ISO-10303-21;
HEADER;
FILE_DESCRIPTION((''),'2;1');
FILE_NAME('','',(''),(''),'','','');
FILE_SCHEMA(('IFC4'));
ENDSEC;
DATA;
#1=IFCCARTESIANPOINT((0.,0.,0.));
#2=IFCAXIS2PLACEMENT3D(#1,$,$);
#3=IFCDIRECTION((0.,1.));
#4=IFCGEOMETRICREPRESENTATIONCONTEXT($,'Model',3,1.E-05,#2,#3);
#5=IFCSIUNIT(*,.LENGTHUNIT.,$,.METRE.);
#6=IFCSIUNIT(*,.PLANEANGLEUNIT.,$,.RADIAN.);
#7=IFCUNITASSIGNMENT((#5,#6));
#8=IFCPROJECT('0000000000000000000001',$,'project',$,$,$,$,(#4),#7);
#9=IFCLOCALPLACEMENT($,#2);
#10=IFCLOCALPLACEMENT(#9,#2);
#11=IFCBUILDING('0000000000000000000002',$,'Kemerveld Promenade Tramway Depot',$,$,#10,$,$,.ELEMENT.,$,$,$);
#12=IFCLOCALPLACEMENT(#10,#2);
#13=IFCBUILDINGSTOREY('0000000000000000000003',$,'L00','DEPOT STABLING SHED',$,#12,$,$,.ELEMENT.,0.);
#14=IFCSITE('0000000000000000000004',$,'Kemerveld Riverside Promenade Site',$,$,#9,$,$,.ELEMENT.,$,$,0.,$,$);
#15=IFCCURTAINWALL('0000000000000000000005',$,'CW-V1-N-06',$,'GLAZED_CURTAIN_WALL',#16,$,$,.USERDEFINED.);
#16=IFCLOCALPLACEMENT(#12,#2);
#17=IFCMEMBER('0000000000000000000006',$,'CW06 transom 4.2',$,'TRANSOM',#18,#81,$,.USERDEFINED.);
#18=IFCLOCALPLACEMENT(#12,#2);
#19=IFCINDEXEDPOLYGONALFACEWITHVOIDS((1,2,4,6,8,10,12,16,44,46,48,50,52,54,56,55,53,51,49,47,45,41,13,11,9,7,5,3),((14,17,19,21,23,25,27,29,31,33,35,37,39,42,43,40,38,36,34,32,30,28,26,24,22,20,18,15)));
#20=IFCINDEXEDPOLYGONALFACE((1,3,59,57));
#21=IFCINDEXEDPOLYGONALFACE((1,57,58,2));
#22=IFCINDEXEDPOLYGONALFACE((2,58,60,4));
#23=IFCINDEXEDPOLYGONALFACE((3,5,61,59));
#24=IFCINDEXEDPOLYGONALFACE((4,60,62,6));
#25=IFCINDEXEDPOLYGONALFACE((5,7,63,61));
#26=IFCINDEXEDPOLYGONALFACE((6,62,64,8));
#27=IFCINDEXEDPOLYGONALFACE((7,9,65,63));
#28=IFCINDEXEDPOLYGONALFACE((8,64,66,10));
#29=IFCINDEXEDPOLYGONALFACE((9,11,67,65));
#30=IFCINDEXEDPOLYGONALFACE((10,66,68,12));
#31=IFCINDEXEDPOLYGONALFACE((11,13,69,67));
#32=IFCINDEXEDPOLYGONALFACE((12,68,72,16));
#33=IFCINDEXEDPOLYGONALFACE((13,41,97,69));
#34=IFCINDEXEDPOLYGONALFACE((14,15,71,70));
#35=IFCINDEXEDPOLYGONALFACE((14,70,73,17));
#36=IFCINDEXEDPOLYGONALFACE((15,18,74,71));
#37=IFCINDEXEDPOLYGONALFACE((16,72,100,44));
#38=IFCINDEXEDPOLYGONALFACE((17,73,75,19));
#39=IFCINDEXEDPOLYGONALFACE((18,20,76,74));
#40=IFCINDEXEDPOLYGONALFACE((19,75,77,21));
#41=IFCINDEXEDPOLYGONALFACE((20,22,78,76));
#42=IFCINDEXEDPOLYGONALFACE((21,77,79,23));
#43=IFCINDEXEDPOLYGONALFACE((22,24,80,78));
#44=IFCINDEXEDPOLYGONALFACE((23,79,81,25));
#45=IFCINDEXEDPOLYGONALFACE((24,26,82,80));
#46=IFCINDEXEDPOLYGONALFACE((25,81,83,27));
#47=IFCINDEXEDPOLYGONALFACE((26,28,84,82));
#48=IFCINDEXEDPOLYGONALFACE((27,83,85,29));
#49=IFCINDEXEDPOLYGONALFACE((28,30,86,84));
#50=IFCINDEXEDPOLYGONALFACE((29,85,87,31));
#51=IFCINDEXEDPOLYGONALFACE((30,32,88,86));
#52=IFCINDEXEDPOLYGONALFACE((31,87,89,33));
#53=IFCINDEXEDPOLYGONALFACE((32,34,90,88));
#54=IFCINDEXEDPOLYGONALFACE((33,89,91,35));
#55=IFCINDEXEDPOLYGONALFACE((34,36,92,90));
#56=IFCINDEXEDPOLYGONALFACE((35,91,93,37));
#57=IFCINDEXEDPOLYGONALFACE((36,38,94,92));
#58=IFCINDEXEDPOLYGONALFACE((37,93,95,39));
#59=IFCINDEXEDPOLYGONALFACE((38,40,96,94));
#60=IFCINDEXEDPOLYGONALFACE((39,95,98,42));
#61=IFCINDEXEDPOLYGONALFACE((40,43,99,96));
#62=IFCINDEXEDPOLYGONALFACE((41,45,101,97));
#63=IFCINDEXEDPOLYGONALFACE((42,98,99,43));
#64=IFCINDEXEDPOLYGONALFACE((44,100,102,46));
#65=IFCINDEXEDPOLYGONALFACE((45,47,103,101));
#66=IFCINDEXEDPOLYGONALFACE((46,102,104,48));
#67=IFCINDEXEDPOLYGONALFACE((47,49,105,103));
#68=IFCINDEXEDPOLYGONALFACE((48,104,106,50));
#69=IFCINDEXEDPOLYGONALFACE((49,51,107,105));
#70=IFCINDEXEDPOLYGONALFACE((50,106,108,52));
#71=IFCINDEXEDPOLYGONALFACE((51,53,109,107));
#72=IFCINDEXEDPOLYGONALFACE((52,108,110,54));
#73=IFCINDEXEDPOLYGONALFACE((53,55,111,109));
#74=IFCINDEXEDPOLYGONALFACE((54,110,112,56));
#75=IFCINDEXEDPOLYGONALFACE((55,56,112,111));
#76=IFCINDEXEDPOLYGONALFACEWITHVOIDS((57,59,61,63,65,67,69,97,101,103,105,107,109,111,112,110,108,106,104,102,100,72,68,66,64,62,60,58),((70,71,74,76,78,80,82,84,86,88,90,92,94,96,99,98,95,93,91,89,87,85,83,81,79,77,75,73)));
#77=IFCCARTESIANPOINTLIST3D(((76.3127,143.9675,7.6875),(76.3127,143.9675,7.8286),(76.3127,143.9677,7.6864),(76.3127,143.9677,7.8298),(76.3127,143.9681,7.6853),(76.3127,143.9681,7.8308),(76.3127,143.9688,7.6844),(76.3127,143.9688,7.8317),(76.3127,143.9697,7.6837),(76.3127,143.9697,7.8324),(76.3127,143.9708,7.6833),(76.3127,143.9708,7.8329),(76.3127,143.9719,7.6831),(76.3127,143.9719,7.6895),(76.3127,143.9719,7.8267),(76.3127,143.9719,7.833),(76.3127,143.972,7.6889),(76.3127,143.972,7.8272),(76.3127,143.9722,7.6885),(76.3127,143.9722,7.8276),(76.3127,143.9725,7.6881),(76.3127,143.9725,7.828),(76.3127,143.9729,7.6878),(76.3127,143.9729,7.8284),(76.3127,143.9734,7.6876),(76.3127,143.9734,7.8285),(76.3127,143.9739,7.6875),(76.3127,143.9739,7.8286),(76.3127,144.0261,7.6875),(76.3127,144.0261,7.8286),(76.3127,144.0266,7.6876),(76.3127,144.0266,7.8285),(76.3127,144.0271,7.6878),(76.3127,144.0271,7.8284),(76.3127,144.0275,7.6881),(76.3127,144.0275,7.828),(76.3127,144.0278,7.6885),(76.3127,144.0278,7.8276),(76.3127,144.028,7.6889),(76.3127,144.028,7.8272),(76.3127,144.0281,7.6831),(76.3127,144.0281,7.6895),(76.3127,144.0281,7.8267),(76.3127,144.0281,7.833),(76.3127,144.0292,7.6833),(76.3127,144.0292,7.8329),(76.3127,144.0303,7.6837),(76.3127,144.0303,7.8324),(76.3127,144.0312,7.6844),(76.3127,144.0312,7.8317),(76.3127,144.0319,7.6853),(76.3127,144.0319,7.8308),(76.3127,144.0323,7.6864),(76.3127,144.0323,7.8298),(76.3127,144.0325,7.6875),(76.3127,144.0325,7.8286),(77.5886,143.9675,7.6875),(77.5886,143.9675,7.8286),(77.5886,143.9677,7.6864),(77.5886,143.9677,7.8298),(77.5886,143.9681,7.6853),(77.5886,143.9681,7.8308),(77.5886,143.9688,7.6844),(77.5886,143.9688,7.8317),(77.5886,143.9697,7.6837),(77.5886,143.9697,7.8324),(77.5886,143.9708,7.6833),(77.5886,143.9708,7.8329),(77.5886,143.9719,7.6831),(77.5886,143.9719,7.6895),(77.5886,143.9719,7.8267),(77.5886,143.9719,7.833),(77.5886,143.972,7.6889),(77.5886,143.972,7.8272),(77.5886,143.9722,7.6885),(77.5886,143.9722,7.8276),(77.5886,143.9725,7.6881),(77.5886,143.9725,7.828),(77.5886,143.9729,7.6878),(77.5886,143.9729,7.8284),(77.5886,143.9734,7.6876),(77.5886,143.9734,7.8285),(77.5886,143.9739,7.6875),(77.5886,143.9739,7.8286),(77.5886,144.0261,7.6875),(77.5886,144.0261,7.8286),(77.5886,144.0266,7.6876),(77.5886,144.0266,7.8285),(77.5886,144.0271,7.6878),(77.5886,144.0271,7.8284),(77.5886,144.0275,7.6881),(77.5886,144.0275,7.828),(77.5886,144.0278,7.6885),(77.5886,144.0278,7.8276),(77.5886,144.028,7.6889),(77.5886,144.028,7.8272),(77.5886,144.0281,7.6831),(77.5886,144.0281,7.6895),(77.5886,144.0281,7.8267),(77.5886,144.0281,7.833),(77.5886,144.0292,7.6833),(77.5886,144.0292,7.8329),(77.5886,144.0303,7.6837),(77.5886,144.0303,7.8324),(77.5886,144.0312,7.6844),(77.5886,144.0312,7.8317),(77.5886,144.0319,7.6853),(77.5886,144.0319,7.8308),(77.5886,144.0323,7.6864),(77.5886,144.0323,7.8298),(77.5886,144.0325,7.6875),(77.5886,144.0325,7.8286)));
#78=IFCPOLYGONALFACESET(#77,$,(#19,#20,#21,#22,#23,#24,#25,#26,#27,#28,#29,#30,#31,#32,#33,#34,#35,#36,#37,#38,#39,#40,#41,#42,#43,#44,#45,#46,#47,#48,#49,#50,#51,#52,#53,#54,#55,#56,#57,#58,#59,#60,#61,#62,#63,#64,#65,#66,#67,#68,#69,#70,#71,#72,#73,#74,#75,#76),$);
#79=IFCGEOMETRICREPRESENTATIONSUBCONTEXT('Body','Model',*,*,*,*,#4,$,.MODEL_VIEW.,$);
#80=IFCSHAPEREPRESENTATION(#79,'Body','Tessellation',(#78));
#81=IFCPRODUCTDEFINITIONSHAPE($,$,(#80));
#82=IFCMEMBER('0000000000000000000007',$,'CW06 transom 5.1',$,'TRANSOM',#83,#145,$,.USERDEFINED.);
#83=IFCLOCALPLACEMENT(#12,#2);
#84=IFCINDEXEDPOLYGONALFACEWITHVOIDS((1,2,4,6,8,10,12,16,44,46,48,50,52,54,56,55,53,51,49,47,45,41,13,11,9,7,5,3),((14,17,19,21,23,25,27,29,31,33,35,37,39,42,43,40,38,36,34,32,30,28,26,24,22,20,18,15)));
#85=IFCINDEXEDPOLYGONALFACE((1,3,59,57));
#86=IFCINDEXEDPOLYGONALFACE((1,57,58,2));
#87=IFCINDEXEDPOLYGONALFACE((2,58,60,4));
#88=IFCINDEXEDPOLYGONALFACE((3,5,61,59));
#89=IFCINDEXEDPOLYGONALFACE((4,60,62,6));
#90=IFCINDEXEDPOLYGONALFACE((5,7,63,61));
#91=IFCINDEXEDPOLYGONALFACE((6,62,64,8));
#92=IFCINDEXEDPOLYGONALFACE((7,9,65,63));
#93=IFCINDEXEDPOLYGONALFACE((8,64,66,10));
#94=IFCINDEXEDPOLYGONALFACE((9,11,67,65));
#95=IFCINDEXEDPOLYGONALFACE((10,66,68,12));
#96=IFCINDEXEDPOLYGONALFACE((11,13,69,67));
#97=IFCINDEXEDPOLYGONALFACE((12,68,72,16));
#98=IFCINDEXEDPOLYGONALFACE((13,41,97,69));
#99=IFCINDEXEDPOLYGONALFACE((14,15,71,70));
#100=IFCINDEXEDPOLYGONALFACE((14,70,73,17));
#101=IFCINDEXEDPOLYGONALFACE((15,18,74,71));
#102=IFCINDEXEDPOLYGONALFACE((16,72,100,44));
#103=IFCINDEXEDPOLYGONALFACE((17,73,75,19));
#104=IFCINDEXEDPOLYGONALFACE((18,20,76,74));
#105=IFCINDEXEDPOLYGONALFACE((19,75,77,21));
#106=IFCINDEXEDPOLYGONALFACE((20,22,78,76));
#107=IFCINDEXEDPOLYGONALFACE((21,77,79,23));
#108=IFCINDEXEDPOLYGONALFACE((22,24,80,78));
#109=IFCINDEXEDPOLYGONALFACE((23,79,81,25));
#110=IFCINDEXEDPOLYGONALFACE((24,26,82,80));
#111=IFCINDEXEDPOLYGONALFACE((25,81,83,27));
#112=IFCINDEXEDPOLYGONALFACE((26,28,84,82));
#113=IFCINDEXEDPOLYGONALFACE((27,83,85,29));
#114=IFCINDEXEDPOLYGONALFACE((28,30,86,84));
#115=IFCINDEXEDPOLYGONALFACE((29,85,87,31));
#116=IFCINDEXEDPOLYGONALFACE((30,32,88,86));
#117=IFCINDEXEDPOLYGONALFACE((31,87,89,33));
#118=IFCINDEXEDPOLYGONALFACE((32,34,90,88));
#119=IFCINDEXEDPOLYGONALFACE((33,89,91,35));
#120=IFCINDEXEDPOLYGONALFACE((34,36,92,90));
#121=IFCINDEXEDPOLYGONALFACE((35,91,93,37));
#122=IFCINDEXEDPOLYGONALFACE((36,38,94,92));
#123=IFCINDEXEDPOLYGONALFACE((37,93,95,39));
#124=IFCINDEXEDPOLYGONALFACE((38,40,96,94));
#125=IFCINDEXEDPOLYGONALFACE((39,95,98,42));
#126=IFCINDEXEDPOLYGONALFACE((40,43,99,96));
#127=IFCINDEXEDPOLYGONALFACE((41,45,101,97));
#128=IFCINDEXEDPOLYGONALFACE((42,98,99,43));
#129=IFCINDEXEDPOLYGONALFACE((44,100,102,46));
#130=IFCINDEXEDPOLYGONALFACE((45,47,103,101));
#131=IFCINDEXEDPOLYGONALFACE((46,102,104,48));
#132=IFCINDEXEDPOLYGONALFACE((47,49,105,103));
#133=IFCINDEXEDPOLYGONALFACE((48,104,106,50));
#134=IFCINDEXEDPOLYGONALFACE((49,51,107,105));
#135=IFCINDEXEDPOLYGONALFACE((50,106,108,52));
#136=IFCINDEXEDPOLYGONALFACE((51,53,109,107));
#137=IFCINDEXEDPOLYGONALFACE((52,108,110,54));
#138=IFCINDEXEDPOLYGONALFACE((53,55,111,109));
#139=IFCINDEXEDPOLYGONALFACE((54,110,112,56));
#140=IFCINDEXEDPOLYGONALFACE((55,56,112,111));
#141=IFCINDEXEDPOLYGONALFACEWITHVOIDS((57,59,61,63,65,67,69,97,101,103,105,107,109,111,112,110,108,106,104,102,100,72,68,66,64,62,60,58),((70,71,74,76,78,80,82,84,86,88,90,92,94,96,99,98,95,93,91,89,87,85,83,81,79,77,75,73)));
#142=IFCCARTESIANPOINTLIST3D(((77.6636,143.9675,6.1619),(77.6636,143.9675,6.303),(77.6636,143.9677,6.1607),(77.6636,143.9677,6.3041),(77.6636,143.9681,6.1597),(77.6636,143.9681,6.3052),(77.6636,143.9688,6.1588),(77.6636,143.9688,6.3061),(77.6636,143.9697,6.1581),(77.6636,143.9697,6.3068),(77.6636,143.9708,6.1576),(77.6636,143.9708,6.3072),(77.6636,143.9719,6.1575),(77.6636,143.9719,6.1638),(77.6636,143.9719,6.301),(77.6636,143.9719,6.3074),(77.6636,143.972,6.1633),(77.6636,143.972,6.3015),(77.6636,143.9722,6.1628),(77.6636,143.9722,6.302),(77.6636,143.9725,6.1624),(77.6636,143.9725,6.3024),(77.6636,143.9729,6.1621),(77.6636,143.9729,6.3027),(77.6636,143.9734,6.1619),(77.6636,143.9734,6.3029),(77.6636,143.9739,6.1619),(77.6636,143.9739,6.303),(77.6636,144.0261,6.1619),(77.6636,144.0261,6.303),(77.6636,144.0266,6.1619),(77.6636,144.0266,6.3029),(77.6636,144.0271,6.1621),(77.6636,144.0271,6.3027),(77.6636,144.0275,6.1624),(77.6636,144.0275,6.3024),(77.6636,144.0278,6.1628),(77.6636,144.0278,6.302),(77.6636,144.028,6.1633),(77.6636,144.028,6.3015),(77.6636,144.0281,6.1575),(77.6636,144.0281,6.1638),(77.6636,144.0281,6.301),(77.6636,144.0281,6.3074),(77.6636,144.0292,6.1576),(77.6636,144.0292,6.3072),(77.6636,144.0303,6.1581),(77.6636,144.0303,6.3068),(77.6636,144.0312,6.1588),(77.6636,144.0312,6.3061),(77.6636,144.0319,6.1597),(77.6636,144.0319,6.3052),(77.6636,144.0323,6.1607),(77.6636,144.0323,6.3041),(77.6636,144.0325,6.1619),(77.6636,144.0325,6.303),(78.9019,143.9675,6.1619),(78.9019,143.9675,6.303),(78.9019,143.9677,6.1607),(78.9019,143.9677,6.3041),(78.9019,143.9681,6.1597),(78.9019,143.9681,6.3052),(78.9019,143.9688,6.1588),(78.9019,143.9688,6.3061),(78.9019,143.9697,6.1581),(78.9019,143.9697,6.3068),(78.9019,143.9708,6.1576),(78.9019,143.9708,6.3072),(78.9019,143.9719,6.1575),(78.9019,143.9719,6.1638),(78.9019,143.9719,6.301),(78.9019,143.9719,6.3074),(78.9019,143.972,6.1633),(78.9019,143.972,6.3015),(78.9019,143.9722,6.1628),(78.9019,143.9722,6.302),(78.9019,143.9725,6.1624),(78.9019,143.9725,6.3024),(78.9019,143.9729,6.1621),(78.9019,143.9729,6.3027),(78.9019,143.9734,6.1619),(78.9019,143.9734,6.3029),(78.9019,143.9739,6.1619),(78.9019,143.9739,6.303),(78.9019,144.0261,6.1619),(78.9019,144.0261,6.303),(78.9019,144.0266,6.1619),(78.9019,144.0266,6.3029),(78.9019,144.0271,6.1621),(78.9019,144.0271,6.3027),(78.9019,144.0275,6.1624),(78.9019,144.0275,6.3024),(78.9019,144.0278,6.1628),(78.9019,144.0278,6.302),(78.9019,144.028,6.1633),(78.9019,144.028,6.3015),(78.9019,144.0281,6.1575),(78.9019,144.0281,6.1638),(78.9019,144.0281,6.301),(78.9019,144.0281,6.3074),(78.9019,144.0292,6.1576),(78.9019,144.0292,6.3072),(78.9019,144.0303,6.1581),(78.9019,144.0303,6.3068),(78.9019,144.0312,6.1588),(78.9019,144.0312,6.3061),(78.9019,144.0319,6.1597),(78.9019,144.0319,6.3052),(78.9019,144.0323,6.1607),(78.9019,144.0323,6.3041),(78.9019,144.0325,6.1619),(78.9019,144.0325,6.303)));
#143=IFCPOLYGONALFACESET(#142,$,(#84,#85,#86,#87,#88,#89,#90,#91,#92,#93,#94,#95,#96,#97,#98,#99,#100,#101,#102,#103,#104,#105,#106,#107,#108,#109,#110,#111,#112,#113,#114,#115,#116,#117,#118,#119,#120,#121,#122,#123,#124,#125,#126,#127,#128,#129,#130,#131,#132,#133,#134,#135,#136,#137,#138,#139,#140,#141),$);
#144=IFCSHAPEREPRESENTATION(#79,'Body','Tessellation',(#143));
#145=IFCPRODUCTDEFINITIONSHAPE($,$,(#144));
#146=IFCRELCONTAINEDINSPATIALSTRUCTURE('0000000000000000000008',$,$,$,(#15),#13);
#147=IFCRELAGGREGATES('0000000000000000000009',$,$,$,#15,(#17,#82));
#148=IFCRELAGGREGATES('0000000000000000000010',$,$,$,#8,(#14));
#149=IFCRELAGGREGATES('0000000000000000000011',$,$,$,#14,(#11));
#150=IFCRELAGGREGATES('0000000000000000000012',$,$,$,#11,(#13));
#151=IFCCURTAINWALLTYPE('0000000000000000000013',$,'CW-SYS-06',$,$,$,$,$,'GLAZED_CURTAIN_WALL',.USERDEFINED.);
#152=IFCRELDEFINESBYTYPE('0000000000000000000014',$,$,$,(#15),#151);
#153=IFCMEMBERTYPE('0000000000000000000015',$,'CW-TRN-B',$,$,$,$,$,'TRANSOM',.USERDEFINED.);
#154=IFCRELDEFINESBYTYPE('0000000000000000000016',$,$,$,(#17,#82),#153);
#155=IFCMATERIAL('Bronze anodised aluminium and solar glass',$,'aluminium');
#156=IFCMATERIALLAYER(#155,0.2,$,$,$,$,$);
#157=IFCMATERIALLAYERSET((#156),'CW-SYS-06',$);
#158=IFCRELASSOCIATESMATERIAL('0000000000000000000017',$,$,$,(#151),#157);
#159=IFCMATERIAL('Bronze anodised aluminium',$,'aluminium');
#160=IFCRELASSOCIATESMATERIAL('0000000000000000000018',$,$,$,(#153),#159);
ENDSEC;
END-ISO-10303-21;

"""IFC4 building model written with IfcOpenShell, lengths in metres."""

from ifc_helpers import new_model, si_unit, direction, frame, origin, origin_2d, place, context, subcontext, project, spatial, hollow_rectangle, extrude, material, layer, layer_set, material_profile, profile_set, type_object, element, aggregate, save


model = new_model("IFC4")

# Units and contexts
model_context = context("Model", 3, precision=1e-05, world=origin(), true_north=direction((0.0, 1.0)))
body_context = subcontext(model_context, "Body", "Model", "MODEL_VIEW")
ifc_project = project(units=[si_unit("LENGTHUNIT", "METRE"), si_unit("PLANEANGLEUNIT", "RADIAN")], contexts=[model_context])

# Site, building, storey
site_placement = place(None, origin())
site = spatial("IfcSite", under=ifc_project, at=site_placement, Name="Kemerveld Riverside Promenade Site", CompositionType="ELEMENT", RefElevation=0.0)
building_placement = place(site_placement, origin())
building = spatial("IfcBuilding", under=site, at=building_placement, Name="Kemerveld Promenade Tramway Depot", CompositionType="ELEMENT")
storey_placement = place(building_placement, origin())
storey = spatial("IfcBuildingStorey", under=building, at=storey_placement, Name="L00", Description="DEPOT STABLING SHED", CompositionType="ELEMENT", Elevation=0.0)

# Curtain wall
ifc_material_1 = material(Name="Bronze anodised aluminium and solar glass", Category="aluminium")
ifc_material_2 = material(Name="Bronze anodised aluminium", Category="aluminium")
ifc_layer_1 = layer(ifc_material_1, 0.2)
ifc_layer_set_1 = layer_set([ifc_layer_1], Name="CW-SYS-06")
curtain_wall_type_1 = type_object("IfcCurtainWallType", Name="CW-SYS-06", ElementType="GLAZED_CURTAIN_WALL", PredefinedType="USERDEFINED", material=ifc_layer_set_1)
curtain_wall_1_placement = place(storey_placement, origin())
curtain_wall_1 = element("IfcCurtainWall", 1, at=curtain_wall_1_placement, inside=storey, type_object=curtain_wall_type_1, Name="CW-V1-N-06", ObjectType="GLAZED_CURTAIN_WALL", PredefinedType="USERDEFINED")

# Members
ifc_material_profile_1 = material_profile(ifc_material_2, hollow_rectangle(XDim=0.0649, YDim=0.1499, WallThickness=0.0044, InnerFilletRadius=0.002, OuterFilletRadius=0.0044, at=origin_2d()), Name="CW-TRN-150x65")
ifc_profile_set_1 = profile_set([ifc_material_profile_1], Name="Bronze anodised aluminium")
member_type_1 = type_object("IfcMemberType", Name="CW-TRN-B", ElementType="TRANSOM", PredefinedType="USERDEFINED", material=ifc_profile_set_1)
member_1_placement = place(storey_placement, frame((76.3127, 144.0, 7.7581), z_axis=(1.0, 0.0, 0.0), x_axis=(0.0, 1.0, 0.0)))
member_1 = element("IfcMember", 2, at=member_1_placement, type_object=member_type_1, Name="CW06 transom 4.2", ObjectType="TRANSOM", PredefinedType="USERDEFINED", context=body_context, shape_type="SweptSolid", body=[
    extrude(hollow_rectangle(XDim=0.0649, YDim=0.1499, WallThickness=0.0044, InnerFilletRadius=0.002, OuterFilletRadius=0.0044, at=origin_2d()), origin(), (0.0, 0.0, 1.0), 1.2759),
])
member_2_placement = place(storey_placement, frame((77.6636, 144.0, 6.2324), z_axis=(1.0, 0.0, 0.0), x_axis=(0.0, 1.0, 0.0)))
member_2 = element("IfcMember", 3, at=member_2_placement, type_object=member_type_1, Name="CW06 transom 5.1", ObjectType="TRANSOM", PredefinedType="USERDEFINED", context=body_context, shape_type="SweptSolid", body=[
    extrude(hollow_rectangle(XDim=0.0649, YDim=0.1499, WallThickness=0.0044, InnerFilletRadius=0.002, OuterFilletRadius=0.0044, at=origin_2d()), origin(), (0.0, 0.0, 1.0), 1.2383),
])

aggregate(curtain_wall_1, [member_1, member_2])

save(model, "model.ifc")
